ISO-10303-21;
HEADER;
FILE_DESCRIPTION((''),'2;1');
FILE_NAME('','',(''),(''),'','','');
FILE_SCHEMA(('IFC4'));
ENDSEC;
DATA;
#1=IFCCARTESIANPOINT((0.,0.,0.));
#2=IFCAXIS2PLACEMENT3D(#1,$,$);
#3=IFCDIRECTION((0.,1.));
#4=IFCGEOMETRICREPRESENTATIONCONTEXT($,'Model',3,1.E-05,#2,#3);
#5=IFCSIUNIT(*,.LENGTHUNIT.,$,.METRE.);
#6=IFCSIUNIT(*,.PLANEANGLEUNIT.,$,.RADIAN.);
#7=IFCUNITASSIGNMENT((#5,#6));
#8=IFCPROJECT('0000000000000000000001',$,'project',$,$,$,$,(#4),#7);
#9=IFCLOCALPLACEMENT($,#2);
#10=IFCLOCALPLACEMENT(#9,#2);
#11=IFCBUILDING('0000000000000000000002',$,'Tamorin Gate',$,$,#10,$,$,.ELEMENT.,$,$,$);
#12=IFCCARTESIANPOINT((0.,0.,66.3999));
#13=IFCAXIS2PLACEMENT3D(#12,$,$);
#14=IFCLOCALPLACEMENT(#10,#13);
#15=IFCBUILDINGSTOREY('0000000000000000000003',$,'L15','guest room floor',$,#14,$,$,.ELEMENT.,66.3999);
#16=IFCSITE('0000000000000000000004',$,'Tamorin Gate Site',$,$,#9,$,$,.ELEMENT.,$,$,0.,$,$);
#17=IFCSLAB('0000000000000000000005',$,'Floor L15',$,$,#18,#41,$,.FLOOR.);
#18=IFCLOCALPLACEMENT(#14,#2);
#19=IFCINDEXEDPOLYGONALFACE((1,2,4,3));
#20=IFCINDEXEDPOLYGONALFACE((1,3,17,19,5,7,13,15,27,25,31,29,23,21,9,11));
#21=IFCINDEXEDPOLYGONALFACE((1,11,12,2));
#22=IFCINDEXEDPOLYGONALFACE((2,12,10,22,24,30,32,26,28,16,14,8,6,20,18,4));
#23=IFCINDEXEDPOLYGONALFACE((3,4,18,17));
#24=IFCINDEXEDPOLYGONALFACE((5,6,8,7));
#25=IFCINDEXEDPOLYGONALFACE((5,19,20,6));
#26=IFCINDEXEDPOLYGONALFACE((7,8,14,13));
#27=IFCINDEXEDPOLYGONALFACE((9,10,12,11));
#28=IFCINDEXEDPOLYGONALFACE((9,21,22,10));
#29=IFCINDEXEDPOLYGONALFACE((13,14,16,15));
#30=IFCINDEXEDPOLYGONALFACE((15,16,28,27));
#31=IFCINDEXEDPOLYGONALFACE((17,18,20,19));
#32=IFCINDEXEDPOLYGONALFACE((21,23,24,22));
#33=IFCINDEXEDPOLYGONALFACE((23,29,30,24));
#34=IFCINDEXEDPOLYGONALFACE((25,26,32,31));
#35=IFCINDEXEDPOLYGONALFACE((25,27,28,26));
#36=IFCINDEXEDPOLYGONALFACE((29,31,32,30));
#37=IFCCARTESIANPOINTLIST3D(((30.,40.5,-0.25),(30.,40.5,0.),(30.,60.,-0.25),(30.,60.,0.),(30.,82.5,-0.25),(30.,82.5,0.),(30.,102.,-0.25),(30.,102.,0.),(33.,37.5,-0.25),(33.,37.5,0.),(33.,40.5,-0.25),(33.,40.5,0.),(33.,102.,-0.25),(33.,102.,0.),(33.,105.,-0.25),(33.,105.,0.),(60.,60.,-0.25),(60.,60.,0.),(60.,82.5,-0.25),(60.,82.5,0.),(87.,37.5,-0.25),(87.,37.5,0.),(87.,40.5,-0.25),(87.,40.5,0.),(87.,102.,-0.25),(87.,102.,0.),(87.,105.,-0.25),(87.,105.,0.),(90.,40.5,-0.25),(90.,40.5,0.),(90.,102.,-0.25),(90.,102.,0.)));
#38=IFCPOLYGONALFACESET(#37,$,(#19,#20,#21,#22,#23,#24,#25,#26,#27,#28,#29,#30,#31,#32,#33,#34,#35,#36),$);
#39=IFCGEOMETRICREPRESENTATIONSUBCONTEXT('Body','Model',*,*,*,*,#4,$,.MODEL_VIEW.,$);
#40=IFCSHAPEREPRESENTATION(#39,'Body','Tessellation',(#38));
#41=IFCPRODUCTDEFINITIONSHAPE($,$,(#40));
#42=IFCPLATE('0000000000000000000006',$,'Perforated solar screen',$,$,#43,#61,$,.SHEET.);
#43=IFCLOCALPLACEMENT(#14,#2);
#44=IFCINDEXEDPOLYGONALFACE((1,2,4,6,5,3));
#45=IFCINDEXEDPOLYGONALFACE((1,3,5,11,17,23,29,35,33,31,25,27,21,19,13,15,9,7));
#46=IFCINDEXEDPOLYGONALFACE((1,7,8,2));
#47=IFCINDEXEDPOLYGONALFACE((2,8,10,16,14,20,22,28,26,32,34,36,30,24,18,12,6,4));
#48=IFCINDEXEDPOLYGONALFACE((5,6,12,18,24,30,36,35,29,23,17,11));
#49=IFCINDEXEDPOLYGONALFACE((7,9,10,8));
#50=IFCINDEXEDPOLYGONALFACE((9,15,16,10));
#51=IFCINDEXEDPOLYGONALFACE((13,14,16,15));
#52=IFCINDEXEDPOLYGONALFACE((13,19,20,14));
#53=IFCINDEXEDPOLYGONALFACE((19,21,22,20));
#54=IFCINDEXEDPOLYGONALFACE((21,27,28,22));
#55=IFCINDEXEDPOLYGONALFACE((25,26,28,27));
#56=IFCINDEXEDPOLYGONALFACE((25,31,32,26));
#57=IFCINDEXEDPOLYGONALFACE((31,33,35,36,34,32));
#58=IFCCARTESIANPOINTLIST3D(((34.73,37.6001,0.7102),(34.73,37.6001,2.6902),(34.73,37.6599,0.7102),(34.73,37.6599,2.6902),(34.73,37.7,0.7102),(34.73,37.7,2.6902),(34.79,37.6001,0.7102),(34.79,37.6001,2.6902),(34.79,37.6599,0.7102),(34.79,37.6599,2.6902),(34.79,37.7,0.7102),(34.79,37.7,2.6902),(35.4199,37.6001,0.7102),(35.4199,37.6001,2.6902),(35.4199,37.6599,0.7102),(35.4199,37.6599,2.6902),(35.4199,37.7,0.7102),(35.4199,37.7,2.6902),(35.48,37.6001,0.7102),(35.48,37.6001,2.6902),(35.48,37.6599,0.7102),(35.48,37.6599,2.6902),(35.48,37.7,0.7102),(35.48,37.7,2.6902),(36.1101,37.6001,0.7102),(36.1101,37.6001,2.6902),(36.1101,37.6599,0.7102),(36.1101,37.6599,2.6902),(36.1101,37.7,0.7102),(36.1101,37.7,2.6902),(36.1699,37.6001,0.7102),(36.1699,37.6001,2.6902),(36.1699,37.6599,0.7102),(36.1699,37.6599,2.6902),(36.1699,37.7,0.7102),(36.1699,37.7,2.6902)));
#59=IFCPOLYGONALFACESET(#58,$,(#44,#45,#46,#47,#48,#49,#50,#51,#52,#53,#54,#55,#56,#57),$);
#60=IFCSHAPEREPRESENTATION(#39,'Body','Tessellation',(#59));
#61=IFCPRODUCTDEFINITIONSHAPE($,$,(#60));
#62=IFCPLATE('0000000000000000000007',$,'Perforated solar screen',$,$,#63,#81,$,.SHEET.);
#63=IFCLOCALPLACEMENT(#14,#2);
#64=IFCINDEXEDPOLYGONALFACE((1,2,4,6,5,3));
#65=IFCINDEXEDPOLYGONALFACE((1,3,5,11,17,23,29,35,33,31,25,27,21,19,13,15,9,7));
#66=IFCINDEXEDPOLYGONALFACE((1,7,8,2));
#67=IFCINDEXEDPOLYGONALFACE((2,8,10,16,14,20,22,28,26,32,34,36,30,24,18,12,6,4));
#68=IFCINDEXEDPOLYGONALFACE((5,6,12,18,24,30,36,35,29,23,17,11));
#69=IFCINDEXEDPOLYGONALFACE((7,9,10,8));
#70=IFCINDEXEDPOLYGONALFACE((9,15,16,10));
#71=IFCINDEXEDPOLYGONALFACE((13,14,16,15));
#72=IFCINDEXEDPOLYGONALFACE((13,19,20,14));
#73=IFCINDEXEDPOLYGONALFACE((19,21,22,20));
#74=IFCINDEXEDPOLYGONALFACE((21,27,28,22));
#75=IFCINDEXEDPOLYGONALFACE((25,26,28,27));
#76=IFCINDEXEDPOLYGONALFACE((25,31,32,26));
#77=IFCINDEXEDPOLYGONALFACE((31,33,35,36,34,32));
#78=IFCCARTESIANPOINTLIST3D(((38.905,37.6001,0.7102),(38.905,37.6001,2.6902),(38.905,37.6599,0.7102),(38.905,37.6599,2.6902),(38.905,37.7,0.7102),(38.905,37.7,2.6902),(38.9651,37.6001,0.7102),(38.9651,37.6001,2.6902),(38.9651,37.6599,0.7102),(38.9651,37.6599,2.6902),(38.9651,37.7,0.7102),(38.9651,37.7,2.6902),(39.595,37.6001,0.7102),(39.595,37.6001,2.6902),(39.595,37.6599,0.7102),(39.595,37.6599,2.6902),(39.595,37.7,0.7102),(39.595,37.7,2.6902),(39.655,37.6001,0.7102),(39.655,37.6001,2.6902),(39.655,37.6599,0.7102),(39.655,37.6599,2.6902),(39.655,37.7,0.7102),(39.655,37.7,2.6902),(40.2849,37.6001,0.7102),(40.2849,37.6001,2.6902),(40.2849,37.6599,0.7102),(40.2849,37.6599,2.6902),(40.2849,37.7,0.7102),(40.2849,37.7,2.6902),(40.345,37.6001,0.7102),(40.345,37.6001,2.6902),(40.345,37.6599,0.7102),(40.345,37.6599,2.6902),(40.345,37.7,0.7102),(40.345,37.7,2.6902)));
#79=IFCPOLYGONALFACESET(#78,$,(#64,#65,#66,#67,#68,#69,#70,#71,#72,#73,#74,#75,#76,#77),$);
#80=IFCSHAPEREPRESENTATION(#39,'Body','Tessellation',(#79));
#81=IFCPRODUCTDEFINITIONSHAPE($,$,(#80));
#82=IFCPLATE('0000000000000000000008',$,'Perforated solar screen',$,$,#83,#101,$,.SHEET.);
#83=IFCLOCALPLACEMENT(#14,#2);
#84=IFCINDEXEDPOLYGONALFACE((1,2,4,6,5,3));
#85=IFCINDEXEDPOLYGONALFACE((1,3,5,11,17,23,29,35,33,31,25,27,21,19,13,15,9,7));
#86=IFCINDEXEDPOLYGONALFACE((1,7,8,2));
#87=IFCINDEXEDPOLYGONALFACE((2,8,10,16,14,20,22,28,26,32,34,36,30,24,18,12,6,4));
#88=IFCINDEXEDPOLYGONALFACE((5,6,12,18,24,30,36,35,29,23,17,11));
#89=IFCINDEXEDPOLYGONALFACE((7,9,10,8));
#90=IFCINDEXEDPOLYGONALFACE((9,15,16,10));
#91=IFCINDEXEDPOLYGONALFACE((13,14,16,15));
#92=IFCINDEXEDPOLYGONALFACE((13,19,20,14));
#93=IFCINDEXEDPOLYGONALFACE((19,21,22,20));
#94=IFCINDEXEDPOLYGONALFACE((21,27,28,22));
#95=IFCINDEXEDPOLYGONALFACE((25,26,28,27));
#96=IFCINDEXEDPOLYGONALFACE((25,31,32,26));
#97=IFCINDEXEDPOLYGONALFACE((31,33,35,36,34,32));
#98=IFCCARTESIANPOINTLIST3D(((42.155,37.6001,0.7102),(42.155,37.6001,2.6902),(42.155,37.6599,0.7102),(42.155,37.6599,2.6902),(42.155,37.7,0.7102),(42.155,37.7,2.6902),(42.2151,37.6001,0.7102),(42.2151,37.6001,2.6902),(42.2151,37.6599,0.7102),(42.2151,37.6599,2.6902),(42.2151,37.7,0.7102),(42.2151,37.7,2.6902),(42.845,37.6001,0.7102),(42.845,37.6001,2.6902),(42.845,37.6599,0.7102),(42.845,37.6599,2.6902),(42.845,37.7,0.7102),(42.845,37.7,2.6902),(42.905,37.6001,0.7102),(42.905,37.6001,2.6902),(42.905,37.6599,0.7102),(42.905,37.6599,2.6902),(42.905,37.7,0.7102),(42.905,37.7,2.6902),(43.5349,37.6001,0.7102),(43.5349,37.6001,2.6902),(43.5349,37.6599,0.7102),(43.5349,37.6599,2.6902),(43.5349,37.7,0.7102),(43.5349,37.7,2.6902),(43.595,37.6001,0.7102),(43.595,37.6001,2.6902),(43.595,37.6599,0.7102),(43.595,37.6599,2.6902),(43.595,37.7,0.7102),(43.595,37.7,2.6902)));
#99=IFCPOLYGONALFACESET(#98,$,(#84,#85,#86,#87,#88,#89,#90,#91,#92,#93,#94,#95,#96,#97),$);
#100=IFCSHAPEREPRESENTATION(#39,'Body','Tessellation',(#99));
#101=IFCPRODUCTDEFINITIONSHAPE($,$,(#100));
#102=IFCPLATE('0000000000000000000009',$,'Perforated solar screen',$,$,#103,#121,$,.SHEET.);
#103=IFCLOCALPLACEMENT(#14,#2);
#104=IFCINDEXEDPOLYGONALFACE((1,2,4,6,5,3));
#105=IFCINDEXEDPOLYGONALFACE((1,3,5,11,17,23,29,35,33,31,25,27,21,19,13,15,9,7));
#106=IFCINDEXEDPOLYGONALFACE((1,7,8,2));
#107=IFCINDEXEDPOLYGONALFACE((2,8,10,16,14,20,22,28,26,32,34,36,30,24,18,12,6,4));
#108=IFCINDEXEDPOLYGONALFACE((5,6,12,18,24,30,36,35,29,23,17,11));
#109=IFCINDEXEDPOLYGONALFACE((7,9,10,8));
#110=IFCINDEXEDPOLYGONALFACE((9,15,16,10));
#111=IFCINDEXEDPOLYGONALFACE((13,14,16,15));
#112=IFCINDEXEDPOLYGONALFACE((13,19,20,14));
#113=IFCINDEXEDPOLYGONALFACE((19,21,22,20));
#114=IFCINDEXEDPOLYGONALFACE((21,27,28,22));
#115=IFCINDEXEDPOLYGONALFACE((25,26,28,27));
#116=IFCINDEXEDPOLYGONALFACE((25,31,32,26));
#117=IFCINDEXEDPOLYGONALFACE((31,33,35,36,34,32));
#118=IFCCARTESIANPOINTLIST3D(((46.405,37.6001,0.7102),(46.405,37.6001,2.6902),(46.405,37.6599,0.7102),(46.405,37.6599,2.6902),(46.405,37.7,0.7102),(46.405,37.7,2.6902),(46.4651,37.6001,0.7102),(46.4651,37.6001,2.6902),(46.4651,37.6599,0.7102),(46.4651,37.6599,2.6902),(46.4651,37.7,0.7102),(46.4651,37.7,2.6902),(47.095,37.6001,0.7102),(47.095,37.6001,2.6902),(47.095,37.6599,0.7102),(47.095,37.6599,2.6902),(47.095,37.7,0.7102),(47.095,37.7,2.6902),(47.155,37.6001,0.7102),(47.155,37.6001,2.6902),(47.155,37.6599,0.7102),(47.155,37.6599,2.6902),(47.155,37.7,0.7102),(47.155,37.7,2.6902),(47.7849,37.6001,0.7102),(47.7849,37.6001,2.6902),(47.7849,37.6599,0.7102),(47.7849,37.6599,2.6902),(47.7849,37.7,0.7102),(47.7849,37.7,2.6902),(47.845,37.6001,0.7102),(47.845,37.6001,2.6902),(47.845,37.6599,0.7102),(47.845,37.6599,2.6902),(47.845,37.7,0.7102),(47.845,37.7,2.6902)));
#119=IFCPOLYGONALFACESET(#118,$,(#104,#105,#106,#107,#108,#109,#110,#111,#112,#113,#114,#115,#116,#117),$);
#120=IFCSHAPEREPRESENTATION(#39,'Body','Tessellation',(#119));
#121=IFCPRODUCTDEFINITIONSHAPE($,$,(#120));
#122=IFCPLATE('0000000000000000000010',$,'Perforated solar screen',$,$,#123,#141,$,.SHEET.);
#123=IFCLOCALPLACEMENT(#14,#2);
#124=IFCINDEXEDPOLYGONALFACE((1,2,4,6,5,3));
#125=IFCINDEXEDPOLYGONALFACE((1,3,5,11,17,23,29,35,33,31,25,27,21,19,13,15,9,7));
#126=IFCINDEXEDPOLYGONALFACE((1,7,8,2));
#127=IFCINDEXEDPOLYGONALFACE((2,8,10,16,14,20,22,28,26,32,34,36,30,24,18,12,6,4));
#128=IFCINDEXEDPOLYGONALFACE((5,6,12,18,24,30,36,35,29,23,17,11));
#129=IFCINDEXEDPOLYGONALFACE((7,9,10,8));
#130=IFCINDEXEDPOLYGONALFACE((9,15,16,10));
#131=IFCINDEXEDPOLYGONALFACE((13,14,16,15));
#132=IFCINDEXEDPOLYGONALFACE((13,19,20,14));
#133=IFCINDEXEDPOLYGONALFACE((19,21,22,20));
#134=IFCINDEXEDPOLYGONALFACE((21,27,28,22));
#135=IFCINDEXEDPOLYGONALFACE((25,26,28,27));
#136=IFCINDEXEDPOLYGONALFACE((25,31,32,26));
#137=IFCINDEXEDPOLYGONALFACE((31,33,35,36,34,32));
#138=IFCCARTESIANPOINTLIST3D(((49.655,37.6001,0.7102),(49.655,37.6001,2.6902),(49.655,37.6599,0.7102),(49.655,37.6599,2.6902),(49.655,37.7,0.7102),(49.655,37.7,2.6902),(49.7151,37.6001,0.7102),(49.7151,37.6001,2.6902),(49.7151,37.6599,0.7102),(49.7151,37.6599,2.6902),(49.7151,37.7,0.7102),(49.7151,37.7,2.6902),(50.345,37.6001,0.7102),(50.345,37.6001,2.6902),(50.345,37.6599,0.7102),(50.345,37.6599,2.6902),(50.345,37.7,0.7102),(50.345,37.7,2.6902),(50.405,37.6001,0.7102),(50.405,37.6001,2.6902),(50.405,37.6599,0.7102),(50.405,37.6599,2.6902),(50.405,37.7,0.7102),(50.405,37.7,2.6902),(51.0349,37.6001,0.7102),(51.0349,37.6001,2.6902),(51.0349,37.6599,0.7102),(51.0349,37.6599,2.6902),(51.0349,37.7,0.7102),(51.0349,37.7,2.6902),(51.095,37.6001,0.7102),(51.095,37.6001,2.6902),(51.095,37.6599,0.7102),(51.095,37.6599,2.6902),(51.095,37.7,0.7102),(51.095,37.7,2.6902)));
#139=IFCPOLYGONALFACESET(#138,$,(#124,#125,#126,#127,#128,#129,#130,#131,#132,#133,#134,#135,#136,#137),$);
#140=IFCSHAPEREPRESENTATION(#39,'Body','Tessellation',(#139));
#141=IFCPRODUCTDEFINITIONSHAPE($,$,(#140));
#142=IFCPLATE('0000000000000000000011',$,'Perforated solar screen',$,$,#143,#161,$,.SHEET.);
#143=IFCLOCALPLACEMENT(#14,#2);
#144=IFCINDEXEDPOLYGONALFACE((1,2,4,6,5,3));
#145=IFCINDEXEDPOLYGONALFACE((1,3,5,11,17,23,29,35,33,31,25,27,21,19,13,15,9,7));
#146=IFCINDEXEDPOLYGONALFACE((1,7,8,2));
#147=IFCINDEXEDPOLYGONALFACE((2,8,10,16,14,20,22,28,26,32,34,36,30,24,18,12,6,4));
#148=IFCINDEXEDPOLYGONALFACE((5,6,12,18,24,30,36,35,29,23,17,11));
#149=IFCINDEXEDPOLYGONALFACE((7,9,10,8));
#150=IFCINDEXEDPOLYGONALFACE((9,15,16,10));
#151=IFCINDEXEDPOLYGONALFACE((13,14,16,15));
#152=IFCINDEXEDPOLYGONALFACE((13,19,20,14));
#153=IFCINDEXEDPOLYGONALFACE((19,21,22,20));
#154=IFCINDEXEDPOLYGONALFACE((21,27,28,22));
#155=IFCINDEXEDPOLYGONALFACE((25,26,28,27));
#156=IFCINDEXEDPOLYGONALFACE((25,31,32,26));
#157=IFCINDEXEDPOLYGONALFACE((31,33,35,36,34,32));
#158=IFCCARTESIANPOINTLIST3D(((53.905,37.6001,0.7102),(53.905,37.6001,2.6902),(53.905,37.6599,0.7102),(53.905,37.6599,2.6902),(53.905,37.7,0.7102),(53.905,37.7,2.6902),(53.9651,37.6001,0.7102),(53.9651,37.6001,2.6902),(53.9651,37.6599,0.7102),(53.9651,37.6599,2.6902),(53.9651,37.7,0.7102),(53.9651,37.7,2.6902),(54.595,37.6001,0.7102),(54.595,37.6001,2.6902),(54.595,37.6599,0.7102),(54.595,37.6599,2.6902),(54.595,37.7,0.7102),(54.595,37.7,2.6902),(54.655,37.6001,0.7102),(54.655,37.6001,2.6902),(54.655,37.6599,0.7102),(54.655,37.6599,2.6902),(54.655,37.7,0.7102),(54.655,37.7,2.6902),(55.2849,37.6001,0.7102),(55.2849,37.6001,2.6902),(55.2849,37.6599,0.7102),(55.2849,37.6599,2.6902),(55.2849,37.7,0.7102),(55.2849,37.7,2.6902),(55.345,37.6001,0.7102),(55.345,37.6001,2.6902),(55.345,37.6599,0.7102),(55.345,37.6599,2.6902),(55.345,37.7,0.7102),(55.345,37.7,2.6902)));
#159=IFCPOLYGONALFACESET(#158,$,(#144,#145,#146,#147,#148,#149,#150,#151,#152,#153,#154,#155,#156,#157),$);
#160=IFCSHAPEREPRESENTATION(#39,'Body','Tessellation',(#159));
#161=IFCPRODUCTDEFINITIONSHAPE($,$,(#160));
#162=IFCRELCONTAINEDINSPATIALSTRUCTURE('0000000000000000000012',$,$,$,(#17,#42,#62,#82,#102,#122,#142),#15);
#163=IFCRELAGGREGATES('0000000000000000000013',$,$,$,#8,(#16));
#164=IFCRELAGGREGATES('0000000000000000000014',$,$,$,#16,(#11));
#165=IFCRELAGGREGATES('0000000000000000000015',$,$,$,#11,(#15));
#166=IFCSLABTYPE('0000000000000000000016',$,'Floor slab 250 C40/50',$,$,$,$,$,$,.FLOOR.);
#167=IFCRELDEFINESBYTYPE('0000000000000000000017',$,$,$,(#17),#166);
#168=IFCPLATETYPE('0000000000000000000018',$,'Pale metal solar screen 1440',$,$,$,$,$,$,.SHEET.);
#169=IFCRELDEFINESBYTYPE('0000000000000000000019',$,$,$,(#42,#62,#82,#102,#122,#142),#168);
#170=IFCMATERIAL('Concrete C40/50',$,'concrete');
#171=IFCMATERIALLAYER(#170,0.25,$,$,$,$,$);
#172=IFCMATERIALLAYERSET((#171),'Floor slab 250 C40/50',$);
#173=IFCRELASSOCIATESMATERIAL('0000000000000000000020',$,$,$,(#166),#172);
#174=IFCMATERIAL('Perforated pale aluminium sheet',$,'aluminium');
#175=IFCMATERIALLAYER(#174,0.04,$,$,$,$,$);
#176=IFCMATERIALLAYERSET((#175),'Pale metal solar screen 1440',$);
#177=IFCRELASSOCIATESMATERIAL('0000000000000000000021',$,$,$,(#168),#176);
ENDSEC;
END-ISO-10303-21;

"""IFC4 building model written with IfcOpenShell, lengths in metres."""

from ifc_helpers import new_model, si_unit, direction, frame, origin, place, context, subcontext, project, spatial, polyline, outline, extrude, material, layer, layer_set, type_object, element, save


model = new_model("IFC4")

# Units and contexts
model_context = context("Model", 3, precision=1e-05, world=origin(), true_north=direction((0.0, 1.0)))
body_context = subcontext(model_context, "Body", "Model", "MODEL_VIEW")
ifc_project = project(units=[si_unit("LENGTHUNIT", "METRE"), si_unit("PLANEANGLEUNIT", "RADIAN")], contexts=[model_context])

# Site, building, storey
site_placement = place(None, origin())
site = spatial("IfcSite", under=ifc_project, at=site_placement, Name="Tamorin Gate Site", CompositionType="ELEMENT", RefElevation=0.0)
building_placement = place(site_placement, origin())
building = spatial("IfcBuilding", under=site, at=building_placement, Name="Tamorin Gate", CompositionType="ELEMENT")
storey_placement = place(building_placement, frame((0.0, 0.0, 66.3999)))
storey = spatial("IfcBuildingStorey", under=building, at=storey_placement, Name="L15", Description="guest room floor", CompositionType="ELEMENT", Elevation=66.3999)

# Slab
ifc_material_1 = material(Name="Concrete C40/50", Category="concrete")
ifc_layer_1 = layer(ifc_material_1, 0.25)
ifc_layer_set_1 = layer_set([ifc_layer_1], Name="Floor slab 250 C40/50")
slab_type = type_object("IfcSlabType", Name="Floor slab 250 C40/50", PredefinedType="FLOOR", material=ifc_layer_set_1)
slab_placement = place(storey_placement, frame((0.0, 0.0, -0.25)))
element("IfcSlab", 1, at=slab_placement, inside=storey, type_object=slab_type, Name="Floor L15", PredefinedType="FLOOR", context=body_context, shape_type="SweptSolid", body=[
    extrude(outline(polyline([(30.0, 102.0), (33.0, 102.0), (33.0, 105.0), (87.0, 105.0), (87.0, 102.0), (90.0, 102.0), (90.0, 40.5), (87.0, 40.5), (87.0, 37.5), (33.0, 37.5), (33.0, 40.5), (30.0, 40.5), (30.0, 60.0), (60.0, 60.0), (60.0, 82.5), (30.0, 82.5), (30.0, 102.0)])), origin(), (0.0, 0.0, 1.0), 0.25),
])

# Plates
ifc_material_2 = material(Name="Perforated pale aluminium sheet", Category="aluminium")
ifc_layer_2 = layer(ifc_material_2, 0.04)
ifc_layer_set_2 = layer_set([ifc_layer_2], Name="Pale metal solar screen 1440")
plate_type = type_object("IfcPlateType", Name="Pale metal solar screen 1440", PredefinedType="SHEET", material=ifc_layer_set_2)
plate_1_placement = place(storey_placement, frame((0.0, 0.0, 0.7102)))
element("IfcPlate", 2, at=plate_1_placement, inside=storey, type_object=plate_type, Name="Perforated solar screen", PredefinedType="SHEET", context=body_context, shape_type="SweptSolid", body=[
    extrude(outline(polyline([(34.73, 37.6599), (34.73, 37.7), (34.79, 37.7), (35.4199, 37.7), (35.48, 37.7), (36.1101, 37.7), (36.1699, 37.7), (36.1699, 37.6599), (36.1699, 37.6001), (36.1101, 37.6001), (36.1101, 37.6599), (35.48, 37.6599), (35.48, 37.6001), (35.4199, 37.6001), (35.4199, 37.6599), (34.79, 37.6599), (34.79, 37.6001), (34.73, 37.6001), (34.73, 37.6599)])), origin(), (0.0, 0.0, 1.0), 1.98),
])
plate_2_placement = place(storey_placement, frame((0.0, 0.0, 0.7102)))
element("IfcPlate", 3, at=plate_2_placement, inside=storey, type_object=plate_type, Name="Perforated solar screen", PredefinedType="SHEET", context=body_context, shape_type="SweptSolid", body=[
    extrude(outline(polyline([(38.905, 37.6599), (38.905, 37.7), (38.9651, 37.7), (39.595, 37.7), (39.655, 37.7), (40.2849, 37.7), (40.345, 37.7), (40.345, 37.7), (40.345, 37.6599), (40.345, 37.6599), (40.345, 37.6001), (40.2849, 37.6001), (40.2849, 37.6599), (39.655, 37.6599), (39.655, 37.6001), (39.595, 37.6001), (39.595, 37.6599), (38.9651, 37.6599), (38.9651, 37.6001), (38.905, 37.6001), (38.905, 37.6599)])), origin(), (0.0, 0.0, 1.0), 1.98),
])
plate_3_placement = place(storey_placement, frame((0.0, 0.0, 0.7102)))
element("IfcPlate", 4, at=plate_3_placement, inside=storey, type_object=plate_type, Name="Perforated solar screen", PredefinedType="SHEET", context=body_context, shape_type="SweptSolid", body=[
    extrude(outline(polyline([(42.155, 37.6599), (42.155, 37.7), (42.2151, 37.7), (42.845, 37.7), (42.905, 37.7), (43.5349, 37.7), (43.595, 37.7), (43.595, 37.6599), (43.595, 37.6001), (43.5349, 37.6001), (43.5349, 37.6599), (42.905, 37.6599), (42.905, 37.6001), (42.845, 37.6001), (42.845, 37.6599), (42.2151, 37.6599), (42.2151, 37.6001), (42.155, 37.6001), (42.155, 37.6599)])), origin(), (0.0, 0.0, 1.0), 1.98),
])
plate_4_placement = place(storey_placement, frame((0.0, 0.0, 0.7102)))
element("IfcPlate", 5, at=plate_4_placement, inside=storey, type_object=plate_type, Name="Perforated solar screen", PredefinedType="SHEET", context=body_context, shape_type="SweptSolid", body=[
    extrude(outline(polyline([(46.405, 37.6599), (46.405, 37.7), (46.4651, 37.7), (47.095, 37.7), (47.155, 37.7), (47.7849, 37.7), (47.845, 37.7), (47.845, 37.6599), (47.845, 37.6001), (47.7849, 37.6001), (47.7849, 37.6599), (47.155, 37.6599), (47.155, 37.6001), (47.095, 37.6001), (47.095, 37.6599), (46.4651, 37.6599), (46.4651, 37.6001), (46.405, 37.6001), (46.405, 37.6599)])), origin(), (0.0, 0.0, 1.0), 1.98),
])
plate_5_placement = place(storey_placement, frame((0.0, 0.0, 0.7102)))
element("IfcPlate", 6, at=plate_5_placement, inside=storey, type_object=plate_type, Name="Perforated solar screen", PredefinedType="SHEET", context=body_context, shape_type="SweptSolid", body=[
    extrude(outline(polyline([(49.655, 37.6599), (49.655, 37.7), (49.7151, 37.7), (50.345, 37.7), (50.405, 37.7), (51.0349, 37.7), (51.095, 37.7), (51.095, 37.6599), (51.095, 37.6001), (51.0349, 37.6001), (51.0349, 37.6599), (50.405, 37.6599), (50.405, 37.6001), (50.345, 37.6001), (50.345, 37.6599), (49.7151, 37.6599), (49.7151, 37.6001), (49.655, 37.6001), (49.655, 37.6599)])), origin(), (0.0, 0.0, 1.0), 1.98),
])
plate_6_placement = place(storey_placement, frame((0.0, 0.0, 0.7102)))
element("IfcPlate", 7, at=plate_6_placement, inside=storey, type_object=plate_type, Name="Perforated solar screen", PredefinedType="SHEET", context=body_context, shape_type="SweptSolid", body=[
    extrude(outline(polyline([(53.905, 37.6599), (53.905, 37.7), (53.9651, 37.7), (54.595, 37.7), (54.655, 37.7), (55.2849, 37.7), (55.345, 37.7), (55.345, 37.6599), (55.345, 37.6001), (55.2849, 37.6001), (55.2849, 37.6599), (54.655, 37.6599), (54.655, 37.6001), (54.595, 37.6001), (54.595, 37.6599), (53.9651, 37.6599), (53.9651, 37.6001), (53.905, 37.6001), (53.905, 37.6599)])), origin(), (0.0, 0.0, 1.0), 1.98),
])

save(model, "model.ifc")
